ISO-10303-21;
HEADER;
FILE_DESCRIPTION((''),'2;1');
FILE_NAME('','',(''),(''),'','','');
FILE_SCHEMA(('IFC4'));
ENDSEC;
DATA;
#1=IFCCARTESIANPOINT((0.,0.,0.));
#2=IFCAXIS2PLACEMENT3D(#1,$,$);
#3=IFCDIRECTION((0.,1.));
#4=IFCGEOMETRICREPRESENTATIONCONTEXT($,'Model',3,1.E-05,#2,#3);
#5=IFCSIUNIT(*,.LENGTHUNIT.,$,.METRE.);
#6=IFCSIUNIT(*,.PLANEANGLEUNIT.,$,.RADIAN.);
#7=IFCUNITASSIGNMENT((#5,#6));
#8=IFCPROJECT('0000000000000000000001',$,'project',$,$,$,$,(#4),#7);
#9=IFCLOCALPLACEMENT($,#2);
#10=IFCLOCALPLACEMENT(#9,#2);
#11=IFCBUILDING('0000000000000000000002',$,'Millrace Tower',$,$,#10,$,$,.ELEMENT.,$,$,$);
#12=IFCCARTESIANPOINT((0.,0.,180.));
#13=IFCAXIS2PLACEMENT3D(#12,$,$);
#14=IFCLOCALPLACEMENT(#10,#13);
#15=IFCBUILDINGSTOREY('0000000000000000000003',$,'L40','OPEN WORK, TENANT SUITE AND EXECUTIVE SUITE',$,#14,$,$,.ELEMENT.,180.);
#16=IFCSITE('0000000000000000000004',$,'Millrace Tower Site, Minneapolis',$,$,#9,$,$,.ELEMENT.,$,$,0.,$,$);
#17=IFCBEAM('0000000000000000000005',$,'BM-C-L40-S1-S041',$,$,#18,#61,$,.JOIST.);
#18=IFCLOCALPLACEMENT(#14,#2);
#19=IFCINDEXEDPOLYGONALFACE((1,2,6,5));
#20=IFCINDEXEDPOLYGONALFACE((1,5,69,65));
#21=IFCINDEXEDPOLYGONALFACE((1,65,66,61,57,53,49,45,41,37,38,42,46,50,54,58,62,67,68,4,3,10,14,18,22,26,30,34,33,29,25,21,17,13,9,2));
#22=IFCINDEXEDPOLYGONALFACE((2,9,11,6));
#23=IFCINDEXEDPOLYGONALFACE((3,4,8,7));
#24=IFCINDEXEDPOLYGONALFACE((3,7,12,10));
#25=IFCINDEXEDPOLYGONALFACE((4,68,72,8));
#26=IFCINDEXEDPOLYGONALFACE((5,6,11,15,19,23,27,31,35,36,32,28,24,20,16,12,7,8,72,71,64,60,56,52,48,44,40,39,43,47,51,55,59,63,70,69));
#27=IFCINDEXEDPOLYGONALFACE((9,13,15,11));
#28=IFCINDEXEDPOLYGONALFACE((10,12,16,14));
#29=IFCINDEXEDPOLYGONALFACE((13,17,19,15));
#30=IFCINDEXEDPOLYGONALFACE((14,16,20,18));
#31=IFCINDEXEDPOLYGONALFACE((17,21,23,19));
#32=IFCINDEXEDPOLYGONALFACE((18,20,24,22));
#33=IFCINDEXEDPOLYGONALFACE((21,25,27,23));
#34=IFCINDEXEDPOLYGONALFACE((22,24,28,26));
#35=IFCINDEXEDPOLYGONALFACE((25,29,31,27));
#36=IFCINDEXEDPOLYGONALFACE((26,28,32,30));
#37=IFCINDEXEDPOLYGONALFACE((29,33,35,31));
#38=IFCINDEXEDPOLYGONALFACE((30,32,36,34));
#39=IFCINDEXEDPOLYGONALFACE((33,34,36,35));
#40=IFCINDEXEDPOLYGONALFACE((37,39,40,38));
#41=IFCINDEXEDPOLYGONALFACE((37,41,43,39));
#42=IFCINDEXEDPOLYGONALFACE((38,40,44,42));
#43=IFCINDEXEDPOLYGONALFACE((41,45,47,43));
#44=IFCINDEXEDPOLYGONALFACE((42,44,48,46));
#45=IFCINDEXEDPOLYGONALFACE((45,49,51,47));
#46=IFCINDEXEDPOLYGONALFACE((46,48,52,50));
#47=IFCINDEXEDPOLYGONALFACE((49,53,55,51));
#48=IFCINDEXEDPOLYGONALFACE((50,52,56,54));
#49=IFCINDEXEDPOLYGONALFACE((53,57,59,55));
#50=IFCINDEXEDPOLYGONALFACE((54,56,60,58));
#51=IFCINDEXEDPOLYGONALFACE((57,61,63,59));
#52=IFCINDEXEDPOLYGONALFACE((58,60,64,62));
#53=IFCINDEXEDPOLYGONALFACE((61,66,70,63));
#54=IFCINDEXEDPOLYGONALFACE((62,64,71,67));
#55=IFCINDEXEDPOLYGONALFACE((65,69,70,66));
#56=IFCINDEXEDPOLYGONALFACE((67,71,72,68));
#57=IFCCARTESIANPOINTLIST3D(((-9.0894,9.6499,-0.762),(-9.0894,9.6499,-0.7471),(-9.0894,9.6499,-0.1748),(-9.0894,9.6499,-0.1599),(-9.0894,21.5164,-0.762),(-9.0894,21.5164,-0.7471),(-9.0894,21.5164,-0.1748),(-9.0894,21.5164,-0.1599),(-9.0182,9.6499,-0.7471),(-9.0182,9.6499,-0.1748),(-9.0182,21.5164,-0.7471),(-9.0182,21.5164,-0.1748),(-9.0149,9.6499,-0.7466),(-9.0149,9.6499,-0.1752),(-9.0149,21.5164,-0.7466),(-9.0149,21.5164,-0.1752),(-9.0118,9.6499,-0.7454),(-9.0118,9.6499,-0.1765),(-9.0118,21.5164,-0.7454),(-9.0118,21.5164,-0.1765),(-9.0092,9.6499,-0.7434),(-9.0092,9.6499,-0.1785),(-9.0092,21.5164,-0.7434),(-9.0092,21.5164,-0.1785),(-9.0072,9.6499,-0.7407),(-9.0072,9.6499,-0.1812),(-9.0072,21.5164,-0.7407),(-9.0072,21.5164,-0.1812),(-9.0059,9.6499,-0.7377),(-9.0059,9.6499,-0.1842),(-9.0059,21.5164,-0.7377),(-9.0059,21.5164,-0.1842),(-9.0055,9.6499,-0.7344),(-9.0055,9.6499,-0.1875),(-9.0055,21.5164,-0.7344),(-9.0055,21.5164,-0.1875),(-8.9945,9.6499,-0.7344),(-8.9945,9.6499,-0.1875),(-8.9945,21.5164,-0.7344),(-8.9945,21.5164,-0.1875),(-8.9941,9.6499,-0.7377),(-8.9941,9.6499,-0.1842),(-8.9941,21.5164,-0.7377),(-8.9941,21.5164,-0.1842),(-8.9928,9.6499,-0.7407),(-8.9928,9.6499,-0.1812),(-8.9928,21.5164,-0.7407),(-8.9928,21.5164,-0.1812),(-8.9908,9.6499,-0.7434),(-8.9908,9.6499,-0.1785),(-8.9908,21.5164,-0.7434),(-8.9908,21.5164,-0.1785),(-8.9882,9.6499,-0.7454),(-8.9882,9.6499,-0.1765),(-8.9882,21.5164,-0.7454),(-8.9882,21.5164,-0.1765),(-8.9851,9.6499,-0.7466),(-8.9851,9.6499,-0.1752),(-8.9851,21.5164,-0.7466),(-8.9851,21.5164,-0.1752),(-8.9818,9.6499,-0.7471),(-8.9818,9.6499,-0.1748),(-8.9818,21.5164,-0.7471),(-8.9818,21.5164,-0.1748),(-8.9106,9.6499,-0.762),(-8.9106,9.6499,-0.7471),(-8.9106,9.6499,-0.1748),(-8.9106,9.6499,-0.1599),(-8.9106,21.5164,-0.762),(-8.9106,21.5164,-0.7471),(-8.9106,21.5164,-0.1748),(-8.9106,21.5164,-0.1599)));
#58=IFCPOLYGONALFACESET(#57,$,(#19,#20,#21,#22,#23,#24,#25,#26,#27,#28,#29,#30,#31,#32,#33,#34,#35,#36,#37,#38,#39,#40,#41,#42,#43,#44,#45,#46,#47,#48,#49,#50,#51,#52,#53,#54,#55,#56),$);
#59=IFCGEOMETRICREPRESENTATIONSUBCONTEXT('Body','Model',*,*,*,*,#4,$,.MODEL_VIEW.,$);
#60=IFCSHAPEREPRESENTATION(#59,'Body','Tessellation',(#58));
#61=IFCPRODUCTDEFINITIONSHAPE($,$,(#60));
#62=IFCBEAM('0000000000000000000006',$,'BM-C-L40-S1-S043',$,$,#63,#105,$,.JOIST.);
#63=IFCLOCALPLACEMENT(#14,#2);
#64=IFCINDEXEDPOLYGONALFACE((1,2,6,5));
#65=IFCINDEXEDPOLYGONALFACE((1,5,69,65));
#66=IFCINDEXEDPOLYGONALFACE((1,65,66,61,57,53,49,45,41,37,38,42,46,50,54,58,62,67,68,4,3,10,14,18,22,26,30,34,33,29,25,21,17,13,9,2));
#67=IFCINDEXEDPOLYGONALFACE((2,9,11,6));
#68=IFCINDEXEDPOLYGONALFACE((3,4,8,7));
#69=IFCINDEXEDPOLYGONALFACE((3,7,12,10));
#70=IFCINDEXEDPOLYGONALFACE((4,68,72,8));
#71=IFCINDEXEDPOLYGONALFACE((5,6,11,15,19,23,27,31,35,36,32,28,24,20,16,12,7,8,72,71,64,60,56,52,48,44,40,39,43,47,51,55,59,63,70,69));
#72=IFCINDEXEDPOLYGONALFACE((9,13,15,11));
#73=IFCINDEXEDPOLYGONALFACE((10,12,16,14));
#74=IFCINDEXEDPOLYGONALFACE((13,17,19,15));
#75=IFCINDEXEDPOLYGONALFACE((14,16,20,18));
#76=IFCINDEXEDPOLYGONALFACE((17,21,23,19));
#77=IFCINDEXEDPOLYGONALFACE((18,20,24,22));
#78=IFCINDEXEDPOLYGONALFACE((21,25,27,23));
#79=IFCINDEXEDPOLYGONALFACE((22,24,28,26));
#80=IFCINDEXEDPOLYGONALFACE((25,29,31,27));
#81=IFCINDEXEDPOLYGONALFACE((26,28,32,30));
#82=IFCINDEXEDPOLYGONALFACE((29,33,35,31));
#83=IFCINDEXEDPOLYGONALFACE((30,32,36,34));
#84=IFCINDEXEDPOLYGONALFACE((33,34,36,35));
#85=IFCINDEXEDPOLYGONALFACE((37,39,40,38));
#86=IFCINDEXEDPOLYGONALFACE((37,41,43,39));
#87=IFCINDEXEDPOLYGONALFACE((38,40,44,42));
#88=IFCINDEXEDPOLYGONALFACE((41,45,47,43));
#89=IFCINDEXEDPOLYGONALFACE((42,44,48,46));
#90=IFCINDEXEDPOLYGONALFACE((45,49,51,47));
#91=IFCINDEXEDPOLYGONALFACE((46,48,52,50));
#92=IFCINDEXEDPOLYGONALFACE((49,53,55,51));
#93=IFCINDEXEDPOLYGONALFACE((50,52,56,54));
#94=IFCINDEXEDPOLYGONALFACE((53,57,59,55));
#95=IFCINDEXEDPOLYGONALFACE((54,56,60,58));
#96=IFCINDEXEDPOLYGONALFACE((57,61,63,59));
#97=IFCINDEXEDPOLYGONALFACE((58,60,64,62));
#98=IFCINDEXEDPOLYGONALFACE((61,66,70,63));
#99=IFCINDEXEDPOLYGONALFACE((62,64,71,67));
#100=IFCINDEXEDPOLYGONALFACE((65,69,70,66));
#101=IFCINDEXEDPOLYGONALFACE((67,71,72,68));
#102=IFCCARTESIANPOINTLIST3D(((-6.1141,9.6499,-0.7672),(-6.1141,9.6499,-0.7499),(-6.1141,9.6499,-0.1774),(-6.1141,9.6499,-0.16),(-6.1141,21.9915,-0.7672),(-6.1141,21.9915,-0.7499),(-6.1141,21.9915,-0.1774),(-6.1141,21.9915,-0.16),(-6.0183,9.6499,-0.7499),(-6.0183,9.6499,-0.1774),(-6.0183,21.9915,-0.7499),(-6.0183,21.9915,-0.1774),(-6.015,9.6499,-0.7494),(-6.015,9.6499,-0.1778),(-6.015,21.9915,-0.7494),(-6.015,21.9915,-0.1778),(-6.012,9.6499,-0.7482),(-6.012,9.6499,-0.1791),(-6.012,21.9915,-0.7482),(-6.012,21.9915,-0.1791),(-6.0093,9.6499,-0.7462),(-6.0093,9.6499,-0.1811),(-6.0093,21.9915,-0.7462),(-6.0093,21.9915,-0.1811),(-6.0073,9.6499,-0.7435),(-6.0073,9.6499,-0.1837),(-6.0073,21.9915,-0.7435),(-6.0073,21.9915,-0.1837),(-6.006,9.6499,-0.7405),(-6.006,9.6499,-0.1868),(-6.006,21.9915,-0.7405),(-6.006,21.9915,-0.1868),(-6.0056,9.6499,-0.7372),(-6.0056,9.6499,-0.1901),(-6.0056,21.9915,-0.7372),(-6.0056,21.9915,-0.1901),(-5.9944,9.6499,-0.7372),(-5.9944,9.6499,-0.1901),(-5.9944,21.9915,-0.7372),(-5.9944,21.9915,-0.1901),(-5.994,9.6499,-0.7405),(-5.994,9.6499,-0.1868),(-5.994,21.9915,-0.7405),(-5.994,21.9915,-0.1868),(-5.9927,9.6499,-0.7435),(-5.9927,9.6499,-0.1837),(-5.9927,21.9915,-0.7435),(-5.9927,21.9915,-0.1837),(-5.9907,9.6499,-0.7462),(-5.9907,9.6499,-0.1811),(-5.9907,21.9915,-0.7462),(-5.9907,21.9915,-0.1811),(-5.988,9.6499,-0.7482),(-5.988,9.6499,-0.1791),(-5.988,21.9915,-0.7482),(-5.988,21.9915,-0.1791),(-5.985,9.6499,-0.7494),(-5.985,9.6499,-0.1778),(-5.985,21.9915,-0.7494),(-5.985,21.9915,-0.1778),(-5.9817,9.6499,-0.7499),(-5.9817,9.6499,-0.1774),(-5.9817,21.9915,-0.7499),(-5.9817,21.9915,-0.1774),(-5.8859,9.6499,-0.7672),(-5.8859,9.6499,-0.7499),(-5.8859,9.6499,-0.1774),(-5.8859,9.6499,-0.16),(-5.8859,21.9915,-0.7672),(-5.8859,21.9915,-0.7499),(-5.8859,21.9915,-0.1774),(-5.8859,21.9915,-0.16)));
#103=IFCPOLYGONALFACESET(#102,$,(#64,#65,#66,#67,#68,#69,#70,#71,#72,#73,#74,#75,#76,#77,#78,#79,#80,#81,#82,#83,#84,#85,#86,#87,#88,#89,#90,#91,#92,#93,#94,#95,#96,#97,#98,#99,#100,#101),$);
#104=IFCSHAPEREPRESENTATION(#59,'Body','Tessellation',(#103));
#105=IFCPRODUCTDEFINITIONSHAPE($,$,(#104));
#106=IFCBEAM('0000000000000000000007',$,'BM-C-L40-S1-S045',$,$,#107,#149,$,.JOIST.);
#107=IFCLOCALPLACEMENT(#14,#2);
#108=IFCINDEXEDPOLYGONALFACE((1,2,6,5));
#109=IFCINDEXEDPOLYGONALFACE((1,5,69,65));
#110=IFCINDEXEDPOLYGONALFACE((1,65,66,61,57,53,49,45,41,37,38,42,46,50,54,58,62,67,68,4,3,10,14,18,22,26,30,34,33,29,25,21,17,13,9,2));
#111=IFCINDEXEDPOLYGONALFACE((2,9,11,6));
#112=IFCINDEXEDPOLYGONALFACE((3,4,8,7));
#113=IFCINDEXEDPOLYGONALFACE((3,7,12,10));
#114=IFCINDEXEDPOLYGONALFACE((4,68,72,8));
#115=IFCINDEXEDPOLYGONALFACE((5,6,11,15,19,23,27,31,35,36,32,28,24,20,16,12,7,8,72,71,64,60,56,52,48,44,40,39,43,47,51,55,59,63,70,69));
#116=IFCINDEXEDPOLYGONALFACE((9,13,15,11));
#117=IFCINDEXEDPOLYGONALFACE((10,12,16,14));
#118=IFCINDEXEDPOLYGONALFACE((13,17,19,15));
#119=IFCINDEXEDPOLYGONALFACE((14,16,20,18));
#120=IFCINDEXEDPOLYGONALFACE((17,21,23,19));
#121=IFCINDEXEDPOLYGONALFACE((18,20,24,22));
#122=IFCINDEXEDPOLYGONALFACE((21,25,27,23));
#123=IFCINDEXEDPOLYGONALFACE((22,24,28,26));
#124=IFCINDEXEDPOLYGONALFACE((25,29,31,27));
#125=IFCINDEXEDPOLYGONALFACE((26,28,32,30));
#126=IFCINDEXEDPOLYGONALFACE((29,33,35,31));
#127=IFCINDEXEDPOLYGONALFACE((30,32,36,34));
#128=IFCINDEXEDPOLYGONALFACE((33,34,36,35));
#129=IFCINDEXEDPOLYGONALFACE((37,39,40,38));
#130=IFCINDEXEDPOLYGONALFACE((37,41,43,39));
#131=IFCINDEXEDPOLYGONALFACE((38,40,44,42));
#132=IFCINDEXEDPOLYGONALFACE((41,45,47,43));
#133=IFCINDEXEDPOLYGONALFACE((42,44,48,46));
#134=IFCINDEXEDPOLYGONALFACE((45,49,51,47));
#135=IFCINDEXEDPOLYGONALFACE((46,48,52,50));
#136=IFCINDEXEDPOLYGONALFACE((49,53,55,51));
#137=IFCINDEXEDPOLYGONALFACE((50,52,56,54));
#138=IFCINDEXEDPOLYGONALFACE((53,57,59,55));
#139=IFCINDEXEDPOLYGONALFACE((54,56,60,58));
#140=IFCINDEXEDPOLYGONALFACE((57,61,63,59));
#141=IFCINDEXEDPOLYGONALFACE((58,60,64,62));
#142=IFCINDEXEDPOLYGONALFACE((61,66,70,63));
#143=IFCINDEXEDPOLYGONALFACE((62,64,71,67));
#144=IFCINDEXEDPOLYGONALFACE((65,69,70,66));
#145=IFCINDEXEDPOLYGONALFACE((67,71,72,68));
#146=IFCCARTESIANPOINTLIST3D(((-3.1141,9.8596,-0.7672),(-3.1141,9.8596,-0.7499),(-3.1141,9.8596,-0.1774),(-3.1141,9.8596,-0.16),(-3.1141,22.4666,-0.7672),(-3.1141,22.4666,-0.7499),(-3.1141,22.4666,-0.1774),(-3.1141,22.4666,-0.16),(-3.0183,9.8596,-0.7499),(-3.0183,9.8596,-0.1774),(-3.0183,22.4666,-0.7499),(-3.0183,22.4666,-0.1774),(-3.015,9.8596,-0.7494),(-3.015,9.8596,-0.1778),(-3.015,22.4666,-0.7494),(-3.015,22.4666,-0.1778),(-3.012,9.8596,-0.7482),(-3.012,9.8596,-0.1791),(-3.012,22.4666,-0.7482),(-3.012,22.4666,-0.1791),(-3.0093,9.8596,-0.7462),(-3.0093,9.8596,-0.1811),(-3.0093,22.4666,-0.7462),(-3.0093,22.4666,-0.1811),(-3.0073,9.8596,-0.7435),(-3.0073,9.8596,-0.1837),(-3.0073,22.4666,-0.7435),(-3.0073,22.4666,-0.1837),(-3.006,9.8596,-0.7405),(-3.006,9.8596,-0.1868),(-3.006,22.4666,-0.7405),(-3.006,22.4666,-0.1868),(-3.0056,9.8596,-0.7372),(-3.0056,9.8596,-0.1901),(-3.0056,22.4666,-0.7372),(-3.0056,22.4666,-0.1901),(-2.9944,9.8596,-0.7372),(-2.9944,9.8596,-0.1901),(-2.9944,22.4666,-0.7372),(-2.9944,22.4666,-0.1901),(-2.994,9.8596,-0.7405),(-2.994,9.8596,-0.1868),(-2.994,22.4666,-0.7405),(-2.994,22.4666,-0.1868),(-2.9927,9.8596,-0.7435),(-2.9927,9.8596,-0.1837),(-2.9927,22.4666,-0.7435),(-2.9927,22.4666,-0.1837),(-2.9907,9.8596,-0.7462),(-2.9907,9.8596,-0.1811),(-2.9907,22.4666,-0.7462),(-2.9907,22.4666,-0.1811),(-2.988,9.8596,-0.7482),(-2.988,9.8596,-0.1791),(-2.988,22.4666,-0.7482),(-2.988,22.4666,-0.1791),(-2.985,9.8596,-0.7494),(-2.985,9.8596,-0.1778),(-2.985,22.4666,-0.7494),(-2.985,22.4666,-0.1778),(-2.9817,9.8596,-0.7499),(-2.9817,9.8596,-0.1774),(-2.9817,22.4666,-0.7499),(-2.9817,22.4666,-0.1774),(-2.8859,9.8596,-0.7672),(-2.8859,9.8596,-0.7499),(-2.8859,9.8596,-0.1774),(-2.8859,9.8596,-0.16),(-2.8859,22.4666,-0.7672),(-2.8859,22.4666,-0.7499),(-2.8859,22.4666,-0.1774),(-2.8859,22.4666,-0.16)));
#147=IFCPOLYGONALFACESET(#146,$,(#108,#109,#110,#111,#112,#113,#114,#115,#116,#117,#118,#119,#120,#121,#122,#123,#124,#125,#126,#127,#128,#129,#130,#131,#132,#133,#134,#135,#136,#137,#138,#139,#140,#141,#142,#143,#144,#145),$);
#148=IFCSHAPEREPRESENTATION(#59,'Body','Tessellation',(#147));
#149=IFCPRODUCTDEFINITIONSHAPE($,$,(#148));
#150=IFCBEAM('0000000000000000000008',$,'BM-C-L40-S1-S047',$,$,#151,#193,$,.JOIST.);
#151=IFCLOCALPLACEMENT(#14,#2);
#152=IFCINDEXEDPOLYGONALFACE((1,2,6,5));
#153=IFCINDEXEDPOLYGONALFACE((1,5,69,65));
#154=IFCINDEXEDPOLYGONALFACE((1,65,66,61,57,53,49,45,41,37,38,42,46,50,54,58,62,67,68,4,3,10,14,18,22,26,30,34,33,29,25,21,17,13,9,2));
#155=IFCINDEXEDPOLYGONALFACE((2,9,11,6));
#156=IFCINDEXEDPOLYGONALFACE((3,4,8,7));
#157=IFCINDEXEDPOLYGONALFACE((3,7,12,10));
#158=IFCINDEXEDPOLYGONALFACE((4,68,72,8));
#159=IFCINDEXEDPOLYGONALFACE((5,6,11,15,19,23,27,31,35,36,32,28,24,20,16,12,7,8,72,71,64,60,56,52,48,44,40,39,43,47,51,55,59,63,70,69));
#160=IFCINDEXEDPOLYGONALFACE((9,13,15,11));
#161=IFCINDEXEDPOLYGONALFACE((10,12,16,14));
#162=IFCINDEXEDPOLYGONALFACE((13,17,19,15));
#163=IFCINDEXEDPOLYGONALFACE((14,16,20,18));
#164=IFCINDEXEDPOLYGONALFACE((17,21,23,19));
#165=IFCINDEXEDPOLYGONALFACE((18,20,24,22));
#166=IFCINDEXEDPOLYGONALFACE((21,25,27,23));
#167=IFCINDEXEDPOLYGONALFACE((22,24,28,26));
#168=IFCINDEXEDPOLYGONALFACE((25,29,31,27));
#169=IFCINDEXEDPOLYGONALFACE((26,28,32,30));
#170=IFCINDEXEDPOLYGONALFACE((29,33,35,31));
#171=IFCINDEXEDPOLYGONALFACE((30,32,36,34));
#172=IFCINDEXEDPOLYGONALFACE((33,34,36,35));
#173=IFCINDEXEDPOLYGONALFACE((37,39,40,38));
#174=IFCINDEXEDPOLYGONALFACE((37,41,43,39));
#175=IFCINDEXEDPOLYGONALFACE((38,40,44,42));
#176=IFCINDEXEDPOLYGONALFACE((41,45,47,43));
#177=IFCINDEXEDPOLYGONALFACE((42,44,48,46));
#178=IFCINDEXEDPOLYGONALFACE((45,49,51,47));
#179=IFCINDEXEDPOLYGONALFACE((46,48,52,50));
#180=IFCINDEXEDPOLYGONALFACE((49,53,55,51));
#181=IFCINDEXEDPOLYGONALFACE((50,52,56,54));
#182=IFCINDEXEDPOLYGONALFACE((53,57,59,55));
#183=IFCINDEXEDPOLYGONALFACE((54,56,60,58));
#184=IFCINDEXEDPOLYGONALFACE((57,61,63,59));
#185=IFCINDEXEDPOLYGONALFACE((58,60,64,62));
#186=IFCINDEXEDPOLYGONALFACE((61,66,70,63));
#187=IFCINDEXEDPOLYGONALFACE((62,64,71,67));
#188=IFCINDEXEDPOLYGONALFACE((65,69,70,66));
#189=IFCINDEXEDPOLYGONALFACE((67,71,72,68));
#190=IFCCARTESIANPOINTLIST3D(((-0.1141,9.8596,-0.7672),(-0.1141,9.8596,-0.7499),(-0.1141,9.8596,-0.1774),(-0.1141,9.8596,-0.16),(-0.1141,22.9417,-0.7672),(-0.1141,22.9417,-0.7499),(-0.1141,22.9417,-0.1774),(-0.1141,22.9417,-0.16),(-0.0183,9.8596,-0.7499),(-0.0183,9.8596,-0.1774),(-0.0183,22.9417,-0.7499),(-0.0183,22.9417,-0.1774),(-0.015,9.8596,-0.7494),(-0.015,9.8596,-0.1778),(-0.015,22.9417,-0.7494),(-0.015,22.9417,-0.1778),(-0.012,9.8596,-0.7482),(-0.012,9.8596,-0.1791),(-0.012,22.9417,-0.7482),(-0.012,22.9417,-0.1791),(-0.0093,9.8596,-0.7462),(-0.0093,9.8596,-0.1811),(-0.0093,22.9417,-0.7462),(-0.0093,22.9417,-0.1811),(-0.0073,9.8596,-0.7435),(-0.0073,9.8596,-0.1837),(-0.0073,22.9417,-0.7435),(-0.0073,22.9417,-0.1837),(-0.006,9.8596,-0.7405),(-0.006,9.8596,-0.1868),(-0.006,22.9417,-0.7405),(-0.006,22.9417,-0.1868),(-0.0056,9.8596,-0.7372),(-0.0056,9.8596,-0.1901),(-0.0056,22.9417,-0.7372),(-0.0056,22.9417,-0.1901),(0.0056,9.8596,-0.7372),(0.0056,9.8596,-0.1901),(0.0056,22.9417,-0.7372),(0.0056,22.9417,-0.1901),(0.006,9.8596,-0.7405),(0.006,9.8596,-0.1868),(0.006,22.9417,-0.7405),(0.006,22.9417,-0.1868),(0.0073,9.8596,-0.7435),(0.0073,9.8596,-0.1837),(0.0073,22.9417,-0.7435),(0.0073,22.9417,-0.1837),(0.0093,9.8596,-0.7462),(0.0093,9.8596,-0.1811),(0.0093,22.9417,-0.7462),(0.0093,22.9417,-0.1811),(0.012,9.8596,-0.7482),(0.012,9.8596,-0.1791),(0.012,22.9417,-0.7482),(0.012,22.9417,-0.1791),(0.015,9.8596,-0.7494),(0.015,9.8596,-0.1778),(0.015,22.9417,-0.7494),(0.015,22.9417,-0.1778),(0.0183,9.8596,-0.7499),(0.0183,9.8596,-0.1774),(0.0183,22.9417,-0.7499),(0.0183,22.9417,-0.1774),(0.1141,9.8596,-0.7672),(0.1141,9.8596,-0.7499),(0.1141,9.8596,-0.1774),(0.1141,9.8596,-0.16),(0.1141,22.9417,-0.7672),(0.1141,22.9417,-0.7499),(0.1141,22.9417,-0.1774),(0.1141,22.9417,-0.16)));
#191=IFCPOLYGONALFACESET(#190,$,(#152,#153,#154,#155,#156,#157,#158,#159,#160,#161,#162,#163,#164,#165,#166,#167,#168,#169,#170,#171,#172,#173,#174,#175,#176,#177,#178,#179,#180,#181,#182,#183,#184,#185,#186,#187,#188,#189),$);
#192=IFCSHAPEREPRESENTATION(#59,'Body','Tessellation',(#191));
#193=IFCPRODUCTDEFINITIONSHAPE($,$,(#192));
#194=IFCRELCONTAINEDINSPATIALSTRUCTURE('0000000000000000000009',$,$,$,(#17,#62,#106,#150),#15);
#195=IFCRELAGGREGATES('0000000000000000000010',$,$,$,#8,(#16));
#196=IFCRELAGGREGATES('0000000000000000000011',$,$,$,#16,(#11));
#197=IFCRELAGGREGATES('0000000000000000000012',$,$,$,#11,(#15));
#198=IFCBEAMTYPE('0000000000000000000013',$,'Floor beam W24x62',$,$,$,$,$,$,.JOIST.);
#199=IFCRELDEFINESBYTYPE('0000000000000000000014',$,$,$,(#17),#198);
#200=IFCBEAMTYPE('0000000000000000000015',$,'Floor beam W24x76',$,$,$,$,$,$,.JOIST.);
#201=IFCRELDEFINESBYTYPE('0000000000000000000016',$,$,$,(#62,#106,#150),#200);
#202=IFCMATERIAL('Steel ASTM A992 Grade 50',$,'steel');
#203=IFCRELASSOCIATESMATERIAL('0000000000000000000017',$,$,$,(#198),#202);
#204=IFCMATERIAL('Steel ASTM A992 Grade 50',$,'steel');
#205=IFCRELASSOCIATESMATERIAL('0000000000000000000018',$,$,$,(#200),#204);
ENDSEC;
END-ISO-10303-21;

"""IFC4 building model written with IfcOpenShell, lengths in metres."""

from ifc_helpers import new_model, si_unit, direction, frame, origin, origin_2d, place, context, subcontext, project, spatial, i_section, extrude, material, material_profile, profile_set, type_object, element, save


model = new_model("IFC4")

# Units and contexts
model_context = context("Model", 3, precision=1e-05, world=origin(), true_north=direction((0.0, 1.0)))
body_context = subcontext(model_context, "Body", "Model", "MODEL_VIEW")
ifc_project = project(units=[si_unit("LENGTHUNIT", "METRE"), si_unit("PLANEANGLEUNIT", "RADIAN")], contexts=[model_context])

# Site, building, storey
site_placement = place(None, origin())
site = spatial("IfcSite", under=ifc_project, at=site_placement, Name="Millrace Tower Site, Minneapolis", CompositionType="ELEMENT", RefElevation=0.0)
building_placement = place(site_placement, origin())
building = spatial("IfcBuilding", under=site, at=building_placement, Name="Millrace Tower", CompositionType="ELEMENT")
storey_placement = place(building_placement, frame((0.0, 0.0, 180.0)))
storey = spatial("IfcBuildingStorey", under=building, at=storey_placement, Name="L40", Description="OPEN WORK, TENANT SUITE AND EXECUTIVE SUITE", CompositionType="ELEMENT", Elevation=180.0)

# Beams
ifc_material_1 = material(Name="Steel ASTM A992 Grade 50", Category="steel")
ifc_material_profile_1 = material_profile(ifc_material_1, i_section(OverallWidth=0.1787, OverallDepth=0.6021, WebThickness=0.011, FlangeThickness=0.0149, FilletRadius=0.0127, at=origin_2d()))
ifc_profile_set_1 = profile_set([ifc_material_profile_1], Name="Steel ASTM A992 Grade 50")
beam_type_1 = type_object("IfcBeamType", Name="Floor beam W24x62", PredefinedType="JOIST", material=ifc_profile_set_1)
beam_1_placement = place(storey_placement, frame((-9.0, 9.6499, -0.4609), z_axis=(0.0, 1.0, 0.0), x_axis=(-1.0, 0.0, 0.0)))
element("IfcBeam", 1, at=beam_1_placement, inside=storey, type_object=beam_type_1, Name="BM-C-L40-S1-S041", PredefinedType="JOIST", context=body_context, shape_type="SweptSolid", body=[
    extrude(i_section(OverallWidth=0.1787, OverallDepth=0.6021, WebThickness=0.011, FlangeThickness=0.0149, FilletRadius=0.0127, at=origin_2d()), origin(), (0.0, 0.0, 1.0), 11.8665),
])
ifc_material_2 = material(Name="Steel ASTM A992 Grade 50", Category="steel")
ifc_material_profile_2 = material_profile(ifc_material_2, i_section(OverallWidth=0.2283, OverallDepth=0.6072, WebThickness=0.0112, FlangeThickness=0.0173, FilletRadius=0.0127, at=origin_2d()))
ifc_profile_set_2 = profile_set([ifc_material_profile_2], Name="Steel ASTM A992 Grade 50")
beam_type_2 = type_object("IfcBeamType", Name="Floor beam W24x76", PredefinedType="JOIST", material=ifc_profile_set_2)
beam_2_placement = place(storey_placement, frame((-6.0, 9.6499, -0.4636), z_axis=(0.0, 1.0, 0.0), x_axis=(-1.0, 0.0, 0.0)))
element("IfcBeam", 2, at=beam_2_placement, inside=storey, type_object=beam_type_2, Name="BM-C-L40-S1-S043", PredefinedType="JOIST", context=body_context, shape_type="SweptSolid", body=[
    extrude(i_section(OverallWidth=0.2283, OverallDepth=0.6072, WebThickness=0.0112, FlangeThickness=0.0173, FilletRadius=0.0127, at=origin_2d()), origin(), (0.0, 0.0, 1.0), 12.3416),
])
beam_3_placement = place(storey_placement, frame((-3.0, 9.8596, -0.4636), z_axis=(0.0, 1.0, 0.0), x_axis=(-1.0, 0.0, 0.0)))
element("IfcBeam", 3, at=beam_3_placement, inside=storey, type_object=beam_type_2, Name="BM-C-L40-S1-S045", PredefinedType="JOIST", context=body_context, shape_type="SweptSolid", body=[
    extrude(i_section(OverallWidth=0.2283, OverallDepth=0.6072, WebThickness=0.0112, FlangeThickness=0.0173, FilletRadius=0.0127, at=origin_2d()), origin(), (0.0, 0.0, 1.0), 12.6069),
])
beam_4_placement = place(storey_placement, frame((0.0, 9.8596, -0.4636), z_axis=(0.0, 1.0, 0.0), x_axis=(-1.0, 0.0, 0.0)))
element("IfcBeam", 4, at=beam_4_placement, inside=storey, type_object=beam_type_2, Name="BM-C-L40-S1-S047", PredefinedType="JOIST", context=body_context, shape_type="SweptSolid", body=[
    extrude(i_section(OverallWidth=0.2283, OverallDepth=0.6072, WebThickness=0.0112, FlangeThickness=0.0173, FilletRadius=0.0127, at=origin_2d()), origin(), (0.0, 0.0, 1.0), 13.082),
])

save(model, "model.ifc")
